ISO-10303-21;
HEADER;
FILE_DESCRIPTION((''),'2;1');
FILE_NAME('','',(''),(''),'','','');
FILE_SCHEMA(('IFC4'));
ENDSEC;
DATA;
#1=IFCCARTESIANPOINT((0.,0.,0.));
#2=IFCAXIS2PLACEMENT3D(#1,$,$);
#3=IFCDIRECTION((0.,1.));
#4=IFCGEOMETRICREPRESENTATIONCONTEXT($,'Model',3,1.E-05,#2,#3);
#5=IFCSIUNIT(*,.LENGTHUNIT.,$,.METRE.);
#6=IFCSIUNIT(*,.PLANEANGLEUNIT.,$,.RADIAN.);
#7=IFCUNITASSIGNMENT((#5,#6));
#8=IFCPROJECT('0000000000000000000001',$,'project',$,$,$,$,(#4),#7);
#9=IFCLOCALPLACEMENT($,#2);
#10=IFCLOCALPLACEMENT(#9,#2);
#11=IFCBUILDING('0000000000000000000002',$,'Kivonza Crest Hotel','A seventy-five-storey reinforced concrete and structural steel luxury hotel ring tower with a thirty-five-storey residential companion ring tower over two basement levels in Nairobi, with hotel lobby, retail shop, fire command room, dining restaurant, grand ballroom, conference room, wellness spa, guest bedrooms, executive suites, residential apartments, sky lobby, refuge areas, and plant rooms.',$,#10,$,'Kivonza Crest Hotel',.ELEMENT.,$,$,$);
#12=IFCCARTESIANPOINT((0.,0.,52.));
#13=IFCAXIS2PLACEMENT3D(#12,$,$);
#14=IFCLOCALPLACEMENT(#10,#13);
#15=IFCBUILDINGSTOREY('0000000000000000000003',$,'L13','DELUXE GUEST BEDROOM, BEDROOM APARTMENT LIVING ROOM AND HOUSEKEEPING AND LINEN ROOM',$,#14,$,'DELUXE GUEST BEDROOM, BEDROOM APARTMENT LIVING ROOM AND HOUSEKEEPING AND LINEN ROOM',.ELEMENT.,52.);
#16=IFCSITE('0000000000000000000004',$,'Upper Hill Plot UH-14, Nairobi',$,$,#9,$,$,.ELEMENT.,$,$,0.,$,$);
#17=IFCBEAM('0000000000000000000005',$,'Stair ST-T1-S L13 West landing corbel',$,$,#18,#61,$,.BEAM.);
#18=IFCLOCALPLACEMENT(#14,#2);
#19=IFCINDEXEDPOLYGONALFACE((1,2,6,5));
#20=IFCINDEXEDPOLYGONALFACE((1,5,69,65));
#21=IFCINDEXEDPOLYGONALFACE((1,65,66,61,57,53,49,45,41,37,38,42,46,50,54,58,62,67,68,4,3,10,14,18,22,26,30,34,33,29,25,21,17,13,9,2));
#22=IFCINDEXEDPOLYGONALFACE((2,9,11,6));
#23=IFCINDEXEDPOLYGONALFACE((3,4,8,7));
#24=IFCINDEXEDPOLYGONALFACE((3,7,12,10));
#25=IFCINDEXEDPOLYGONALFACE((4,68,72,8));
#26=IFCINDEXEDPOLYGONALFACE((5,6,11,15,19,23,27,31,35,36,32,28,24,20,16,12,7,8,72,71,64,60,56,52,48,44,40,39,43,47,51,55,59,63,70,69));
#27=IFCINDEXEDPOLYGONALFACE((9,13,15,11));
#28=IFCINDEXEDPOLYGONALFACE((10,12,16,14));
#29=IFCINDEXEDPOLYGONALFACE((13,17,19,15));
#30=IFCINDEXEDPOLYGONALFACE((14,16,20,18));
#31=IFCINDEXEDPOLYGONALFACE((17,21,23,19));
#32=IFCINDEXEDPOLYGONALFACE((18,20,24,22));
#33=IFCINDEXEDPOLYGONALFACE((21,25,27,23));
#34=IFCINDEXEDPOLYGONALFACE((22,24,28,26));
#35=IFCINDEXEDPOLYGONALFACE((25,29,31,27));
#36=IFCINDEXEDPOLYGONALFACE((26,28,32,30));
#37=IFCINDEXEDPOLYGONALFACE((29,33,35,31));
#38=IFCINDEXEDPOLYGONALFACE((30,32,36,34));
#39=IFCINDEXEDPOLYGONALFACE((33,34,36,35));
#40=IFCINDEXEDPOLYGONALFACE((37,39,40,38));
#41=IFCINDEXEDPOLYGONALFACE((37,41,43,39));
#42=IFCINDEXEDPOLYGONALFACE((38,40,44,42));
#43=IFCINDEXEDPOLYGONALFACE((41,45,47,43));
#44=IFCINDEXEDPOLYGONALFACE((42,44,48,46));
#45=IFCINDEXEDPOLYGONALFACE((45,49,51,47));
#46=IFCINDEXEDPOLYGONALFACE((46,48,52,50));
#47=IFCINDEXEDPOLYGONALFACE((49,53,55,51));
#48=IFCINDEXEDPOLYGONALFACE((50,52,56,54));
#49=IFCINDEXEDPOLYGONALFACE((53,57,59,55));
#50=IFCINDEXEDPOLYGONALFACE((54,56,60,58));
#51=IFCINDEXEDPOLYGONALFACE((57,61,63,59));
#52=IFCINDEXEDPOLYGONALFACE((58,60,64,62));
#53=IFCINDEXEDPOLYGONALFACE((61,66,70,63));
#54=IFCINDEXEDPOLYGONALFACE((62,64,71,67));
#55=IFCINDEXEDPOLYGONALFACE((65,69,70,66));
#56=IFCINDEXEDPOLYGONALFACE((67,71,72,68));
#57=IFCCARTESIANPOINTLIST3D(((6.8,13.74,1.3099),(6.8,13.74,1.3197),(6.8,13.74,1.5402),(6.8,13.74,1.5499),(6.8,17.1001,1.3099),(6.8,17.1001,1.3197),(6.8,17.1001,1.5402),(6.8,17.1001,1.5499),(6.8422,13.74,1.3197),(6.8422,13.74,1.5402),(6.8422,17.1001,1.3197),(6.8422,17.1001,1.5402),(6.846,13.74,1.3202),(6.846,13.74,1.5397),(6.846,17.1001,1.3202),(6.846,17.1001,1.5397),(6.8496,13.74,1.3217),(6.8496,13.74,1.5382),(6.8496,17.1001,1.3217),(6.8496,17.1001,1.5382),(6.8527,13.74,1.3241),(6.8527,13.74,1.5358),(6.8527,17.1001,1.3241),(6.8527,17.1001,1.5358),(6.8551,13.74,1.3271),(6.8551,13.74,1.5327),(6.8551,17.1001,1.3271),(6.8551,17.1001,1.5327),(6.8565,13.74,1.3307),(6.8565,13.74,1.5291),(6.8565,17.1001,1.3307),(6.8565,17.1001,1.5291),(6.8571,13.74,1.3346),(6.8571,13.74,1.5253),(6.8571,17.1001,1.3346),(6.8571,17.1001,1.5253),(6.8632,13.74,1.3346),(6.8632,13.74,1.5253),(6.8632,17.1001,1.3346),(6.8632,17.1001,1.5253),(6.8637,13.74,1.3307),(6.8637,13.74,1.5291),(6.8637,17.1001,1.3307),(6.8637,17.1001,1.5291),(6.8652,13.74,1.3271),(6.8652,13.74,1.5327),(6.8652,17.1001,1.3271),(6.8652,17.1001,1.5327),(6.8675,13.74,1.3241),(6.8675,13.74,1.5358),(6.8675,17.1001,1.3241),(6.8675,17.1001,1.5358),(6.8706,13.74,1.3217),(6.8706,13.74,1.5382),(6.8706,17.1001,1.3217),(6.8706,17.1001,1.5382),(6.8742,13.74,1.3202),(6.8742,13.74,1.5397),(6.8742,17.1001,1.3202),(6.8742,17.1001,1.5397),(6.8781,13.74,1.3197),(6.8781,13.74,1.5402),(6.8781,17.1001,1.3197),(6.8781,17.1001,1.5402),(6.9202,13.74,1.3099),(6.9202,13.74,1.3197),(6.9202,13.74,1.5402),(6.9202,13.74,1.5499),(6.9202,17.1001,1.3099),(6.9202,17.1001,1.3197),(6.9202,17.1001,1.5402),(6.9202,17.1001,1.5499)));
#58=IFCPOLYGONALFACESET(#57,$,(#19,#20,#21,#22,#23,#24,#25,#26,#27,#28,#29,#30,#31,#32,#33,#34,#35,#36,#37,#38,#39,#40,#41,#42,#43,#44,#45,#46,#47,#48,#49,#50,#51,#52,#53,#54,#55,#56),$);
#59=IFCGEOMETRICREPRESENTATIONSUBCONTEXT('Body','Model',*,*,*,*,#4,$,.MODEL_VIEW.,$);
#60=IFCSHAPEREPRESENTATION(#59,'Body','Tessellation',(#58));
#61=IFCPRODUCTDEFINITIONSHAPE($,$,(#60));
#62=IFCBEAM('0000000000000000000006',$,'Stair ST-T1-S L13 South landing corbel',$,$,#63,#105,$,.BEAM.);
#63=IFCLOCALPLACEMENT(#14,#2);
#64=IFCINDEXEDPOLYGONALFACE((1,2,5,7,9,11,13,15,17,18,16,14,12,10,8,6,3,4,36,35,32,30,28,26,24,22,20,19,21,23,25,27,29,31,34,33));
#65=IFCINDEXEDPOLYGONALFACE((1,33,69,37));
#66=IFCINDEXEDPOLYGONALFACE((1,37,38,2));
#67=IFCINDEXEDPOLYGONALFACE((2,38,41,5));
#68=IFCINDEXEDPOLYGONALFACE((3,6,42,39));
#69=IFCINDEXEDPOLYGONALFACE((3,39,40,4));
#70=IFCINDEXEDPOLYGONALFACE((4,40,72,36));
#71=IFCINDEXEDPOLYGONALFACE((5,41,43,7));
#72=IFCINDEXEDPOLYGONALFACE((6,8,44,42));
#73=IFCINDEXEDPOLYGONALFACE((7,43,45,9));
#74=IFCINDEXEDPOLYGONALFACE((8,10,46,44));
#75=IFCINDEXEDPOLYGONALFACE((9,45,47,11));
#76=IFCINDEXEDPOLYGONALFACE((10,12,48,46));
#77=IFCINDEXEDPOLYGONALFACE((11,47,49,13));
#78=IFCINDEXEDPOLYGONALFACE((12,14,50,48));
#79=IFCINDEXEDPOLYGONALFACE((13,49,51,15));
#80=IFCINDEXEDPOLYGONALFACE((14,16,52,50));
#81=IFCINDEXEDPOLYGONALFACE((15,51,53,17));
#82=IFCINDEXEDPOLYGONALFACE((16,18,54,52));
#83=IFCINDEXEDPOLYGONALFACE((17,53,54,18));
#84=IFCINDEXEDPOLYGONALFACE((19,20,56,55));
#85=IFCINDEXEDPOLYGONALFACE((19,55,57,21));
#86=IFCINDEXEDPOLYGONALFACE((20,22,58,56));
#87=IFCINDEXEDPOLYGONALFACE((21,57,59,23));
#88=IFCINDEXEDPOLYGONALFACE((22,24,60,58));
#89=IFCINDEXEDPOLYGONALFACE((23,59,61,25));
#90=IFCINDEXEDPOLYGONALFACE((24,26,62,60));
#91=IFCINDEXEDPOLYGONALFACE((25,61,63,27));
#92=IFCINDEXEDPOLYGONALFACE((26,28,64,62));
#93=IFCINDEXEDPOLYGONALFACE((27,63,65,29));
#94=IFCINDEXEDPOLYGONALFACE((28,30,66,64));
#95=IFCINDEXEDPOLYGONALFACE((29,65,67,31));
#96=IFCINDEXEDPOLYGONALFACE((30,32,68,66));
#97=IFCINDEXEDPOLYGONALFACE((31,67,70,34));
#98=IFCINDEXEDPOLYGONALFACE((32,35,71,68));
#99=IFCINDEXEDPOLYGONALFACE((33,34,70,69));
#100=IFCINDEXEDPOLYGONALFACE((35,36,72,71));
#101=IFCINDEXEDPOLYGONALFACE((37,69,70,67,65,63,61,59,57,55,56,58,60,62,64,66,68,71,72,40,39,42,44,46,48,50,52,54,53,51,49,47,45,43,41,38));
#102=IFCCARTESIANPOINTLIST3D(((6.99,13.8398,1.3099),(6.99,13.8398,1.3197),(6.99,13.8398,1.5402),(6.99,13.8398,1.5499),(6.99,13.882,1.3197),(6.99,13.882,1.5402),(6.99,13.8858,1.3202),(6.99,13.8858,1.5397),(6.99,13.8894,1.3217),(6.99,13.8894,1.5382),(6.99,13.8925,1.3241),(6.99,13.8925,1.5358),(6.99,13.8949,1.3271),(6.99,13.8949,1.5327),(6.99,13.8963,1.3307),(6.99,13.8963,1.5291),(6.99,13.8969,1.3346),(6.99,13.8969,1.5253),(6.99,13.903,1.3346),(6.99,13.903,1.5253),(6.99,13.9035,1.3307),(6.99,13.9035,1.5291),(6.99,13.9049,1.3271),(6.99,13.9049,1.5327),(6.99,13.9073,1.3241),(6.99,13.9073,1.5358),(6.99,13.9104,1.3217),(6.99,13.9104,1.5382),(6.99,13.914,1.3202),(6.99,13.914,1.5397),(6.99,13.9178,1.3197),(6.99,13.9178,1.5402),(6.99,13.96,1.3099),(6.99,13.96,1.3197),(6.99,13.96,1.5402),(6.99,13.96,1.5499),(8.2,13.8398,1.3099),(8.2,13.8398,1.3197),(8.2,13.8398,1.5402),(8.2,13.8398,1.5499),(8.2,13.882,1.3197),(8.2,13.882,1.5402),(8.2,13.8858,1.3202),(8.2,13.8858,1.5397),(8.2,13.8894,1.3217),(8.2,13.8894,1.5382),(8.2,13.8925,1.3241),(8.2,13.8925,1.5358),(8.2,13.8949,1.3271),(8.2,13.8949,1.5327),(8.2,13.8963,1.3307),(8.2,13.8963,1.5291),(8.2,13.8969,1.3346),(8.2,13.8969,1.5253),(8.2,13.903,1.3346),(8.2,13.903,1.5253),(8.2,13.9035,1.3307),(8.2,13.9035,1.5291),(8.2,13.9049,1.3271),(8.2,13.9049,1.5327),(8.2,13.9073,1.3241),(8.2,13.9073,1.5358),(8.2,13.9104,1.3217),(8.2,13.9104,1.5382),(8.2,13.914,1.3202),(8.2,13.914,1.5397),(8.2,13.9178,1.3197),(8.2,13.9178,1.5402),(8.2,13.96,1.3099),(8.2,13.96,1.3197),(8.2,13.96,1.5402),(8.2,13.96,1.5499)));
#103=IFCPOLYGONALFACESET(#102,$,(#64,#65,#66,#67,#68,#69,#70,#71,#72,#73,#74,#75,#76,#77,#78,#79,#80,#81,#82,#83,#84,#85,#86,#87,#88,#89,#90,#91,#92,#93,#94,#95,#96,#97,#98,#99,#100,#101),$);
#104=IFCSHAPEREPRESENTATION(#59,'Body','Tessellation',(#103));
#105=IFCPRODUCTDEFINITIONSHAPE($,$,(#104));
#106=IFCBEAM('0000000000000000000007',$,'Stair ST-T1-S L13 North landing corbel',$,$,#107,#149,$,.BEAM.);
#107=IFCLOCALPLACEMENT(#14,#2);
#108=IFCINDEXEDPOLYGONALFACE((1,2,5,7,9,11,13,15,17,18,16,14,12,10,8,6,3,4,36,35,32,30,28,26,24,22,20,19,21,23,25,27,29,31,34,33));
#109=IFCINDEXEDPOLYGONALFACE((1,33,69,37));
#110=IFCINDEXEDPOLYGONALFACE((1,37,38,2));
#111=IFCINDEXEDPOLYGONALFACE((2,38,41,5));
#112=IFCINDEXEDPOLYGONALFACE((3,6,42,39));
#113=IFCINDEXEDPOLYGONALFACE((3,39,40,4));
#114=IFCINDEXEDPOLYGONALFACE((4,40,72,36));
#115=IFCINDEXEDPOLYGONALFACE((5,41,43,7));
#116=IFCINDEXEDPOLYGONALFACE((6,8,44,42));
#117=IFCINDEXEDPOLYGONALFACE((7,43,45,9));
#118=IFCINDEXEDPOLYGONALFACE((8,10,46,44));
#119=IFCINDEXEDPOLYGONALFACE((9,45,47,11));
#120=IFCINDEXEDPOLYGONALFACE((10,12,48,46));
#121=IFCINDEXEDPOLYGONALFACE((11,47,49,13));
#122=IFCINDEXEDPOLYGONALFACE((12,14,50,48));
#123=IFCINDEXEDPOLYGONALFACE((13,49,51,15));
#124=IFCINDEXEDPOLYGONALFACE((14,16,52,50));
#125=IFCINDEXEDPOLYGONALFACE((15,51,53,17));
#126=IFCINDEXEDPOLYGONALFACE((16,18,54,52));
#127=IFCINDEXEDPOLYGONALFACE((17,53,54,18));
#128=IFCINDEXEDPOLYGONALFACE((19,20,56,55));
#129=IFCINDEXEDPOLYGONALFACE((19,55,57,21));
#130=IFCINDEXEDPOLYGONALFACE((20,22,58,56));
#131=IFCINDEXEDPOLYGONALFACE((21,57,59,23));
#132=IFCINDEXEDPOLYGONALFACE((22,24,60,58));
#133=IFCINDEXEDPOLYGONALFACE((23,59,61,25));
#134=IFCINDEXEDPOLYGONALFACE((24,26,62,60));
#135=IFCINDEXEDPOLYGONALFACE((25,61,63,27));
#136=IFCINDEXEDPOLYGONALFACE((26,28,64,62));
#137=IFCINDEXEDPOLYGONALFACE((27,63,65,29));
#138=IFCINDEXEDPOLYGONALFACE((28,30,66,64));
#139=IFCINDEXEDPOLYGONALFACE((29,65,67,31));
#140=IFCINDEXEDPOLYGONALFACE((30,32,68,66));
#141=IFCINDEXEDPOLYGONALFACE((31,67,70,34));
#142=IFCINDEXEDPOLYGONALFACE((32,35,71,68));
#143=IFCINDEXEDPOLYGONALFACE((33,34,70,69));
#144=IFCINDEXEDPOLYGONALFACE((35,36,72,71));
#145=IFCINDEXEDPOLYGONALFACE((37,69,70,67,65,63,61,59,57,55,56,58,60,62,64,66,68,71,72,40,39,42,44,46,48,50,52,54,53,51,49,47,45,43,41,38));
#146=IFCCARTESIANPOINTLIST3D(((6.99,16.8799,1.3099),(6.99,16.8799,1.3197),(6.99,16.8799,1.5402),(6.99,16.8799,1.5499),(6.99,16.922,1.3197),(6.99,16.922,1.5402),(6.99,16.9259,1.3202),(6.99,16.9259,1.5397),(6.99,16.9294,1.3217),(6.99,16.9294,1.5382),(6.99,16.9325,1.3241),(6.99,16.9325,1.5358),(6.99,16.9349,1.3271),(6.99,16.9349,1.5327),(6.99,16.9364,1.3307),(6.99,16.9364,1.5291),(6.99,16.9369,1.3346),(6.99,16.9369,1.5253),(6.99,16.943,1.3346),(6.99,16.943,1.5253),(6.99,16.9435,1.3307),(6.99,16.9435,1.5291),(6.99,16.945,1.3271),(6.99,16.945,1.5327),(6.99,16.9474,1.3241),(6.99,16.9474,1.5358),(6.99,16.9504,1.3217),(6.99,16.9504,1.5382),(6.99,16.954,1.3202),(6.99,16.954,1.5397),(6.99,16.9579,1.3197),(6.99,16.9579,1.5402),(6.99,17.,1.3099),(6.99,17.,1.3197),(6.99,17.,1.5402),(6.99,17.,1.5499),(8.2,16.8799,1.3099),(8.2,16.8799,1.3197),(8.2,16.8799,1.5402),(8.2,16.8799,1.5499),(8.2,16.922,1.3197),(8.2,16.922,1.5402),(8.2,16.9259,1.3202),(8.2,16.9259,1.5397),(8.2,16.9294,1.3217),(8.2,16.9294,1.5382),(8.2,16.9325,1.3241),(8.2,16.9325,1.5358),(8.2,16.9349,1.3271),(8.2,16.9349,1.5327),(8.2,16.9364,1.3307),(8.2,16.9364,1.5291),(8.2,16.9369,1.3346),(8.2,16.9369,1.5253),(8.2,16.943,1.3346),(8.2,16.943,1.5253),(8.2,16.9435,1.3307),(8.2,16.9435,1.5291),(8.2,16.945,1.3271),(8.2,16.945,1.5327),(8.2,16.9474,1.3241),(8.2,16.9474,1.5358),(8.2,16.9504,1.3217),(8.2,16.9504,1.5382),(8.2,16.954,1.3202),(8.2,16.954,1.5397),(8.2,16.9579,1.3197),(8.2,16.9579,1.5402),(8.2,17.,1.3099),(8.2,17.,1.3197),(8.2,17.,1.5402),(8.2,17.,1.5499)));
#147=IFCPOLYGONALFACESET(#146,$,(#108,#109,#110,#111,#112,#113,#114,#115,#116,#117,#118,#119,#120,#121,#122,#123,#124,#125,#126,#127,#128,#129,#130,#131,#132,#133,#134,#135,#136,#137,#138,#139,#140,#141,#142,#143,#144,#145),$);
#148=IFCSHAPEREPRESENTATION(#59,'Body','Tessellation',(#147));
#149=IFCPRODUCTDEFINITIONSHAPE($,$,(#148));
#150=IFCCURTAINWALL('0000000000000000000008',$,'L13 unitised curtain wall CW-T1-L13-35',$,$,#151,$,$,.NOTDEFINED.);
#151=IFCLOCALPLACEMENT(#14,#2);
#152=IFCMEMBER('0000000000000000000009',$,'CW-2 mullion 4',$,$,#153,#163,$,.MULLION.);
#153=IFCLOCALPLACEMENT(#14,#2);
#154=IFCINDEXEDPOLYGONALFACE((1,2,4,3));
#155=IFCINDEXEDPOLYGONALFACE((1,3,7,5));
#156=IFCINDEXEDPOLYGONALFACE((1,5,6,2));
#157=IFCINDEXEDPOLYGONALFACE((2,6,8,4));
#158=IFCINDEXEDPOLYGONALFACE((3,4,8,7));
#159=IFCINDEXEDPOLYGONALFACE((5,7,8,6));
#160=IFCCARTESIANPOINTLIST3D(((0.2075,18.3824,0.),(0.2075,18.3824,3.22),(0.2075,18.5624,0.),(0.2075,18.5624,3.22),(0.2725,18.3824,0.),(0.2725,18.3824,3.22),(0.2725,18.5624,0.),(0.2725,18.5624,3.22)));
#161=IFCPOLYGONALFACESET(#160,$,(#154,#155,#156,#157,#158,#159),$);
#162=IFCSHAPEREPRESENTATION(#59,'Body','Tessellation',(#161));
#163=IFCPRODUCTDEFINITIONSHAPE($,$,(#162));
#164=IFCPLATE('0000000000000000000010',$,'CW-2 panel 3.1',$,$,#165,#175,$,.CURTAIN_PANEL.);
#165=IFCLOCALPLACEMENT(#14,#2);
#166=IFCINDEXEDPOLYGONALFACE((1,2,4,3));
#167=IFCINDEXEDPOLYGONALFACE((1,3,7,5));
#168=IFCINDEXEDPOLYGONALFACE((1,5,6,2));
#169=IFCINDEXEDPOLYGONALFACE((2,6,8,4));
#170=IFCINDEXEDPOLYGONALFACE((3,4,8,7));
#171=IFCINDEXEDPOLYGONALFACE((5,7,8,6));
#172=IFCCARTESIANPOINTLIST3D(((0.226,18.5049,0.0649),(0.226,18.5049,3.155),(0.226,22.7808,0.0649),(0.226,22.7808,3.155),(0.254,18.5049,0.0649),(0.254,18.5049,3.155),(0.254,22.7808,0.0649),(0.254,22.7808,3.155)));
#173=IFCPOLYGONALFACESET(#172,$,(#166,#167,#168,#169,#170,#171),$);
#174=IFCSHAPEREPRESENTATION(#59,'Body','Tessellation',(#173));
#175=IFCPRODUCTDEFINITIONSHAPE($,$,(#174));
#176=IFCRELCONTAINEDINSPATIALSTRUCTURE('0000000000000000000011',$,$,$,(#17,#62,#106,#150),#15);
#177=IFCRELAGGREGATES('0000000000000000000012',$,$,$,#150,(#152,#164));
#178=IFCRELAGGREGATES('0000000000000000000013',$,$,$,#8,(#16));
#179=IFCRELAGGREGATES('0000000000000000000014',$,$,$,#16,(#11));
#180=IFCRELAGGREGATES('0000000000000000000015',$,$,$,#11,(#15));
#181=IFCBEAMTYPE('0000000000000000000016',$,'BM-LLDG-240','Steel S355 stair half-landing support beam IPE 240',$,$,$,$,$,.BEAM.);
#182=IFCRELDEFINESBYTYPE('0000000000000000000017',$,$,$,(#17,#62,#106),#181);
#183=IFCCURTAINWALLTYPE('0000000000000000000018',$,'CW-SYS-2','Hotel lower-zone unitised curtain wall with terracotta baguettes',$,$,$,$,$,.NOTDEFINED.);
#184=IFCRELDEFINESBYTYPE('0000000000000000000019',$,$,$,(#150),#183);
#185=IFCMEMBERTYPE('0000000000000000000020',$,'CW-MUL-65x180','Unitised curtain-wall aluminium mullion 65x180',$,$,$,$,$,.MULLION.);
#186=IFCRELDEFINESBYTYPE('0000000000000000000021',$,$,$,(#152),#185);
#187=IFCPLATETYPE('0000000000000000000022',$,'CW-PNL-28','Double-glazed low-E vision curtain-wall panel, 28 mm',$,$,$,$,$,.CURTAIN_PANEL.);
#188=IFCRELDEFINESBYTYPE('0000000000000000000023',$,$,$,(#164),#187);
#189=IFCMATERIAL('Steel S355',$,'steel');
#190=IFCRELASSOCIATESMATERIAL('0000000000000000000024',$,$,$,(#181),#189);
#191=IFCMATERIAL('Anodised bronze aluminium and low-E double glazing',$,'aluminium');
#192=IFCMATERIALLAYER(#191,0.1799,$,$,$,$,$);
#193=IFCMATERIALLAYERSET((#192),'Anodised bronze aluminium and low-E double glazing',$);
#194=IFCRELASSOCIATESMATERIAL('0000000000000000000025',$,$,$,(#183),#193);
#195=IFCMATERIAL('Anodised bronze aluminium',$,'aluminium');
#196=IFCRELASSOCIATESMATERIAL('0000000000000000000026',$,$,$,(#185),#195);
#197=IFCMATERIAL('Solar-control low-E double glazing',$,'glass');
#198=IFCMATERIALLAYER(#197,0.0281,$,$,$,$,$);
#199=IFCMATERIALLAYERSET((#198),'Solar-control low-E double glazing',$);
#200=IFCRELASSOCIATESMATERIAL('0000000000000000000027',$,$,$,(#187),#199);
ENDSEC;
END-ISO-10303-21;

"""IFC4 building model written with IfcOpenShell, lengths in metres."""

from ifc_helpers import new_model, si_unit, direction, frame, origin, origin_2d, place, context, subcontext, project, spatial, rectangle, i_section, extrude, material, layer, layer_set, material_profile, profile_set, type_object, element, aggregate, save


model = new_model("IFC4")

# Units and contexts
model_context = context("Model", 3, precision=1e-05, world=origin(), true_north=direction((0.0, 1.0)))
body_context = subcontext(model_context, "Body", "Model", "MODEL_VIEW")
ifc_project = project(units=[si_unit("LENGTHUNIT", "METRE"), si_unit("PLANEANGLEUNIT", "RADIAN")], contexts=[model_context])

# Site, building, storey
site_placement = place(None, origin())
site = spatial("IfcSite", under=ifc_project, at=site_placement, Name="Upper Hill Plot UH-14, Nairobi", CompositionType="ELEMENT", RefElevation=0.0)
building_placement = place(site_placement, origin())
building = spatial("IfcBuilding", under=site, at=building_placement, Name="Kivonza Crest Hotel", Description="A seventy-five-storey reinforced concrete and structural steel luxury hotel ring tower with a thirty-five-storey residential companion ring tower over two basement levels in Nairobi, with hotel lobby, retail shop, fire command room, dining restaurant, grand ballroom, conference room, wellness spa, guest bedrooms, executive suites, residential apartments, sky lobby, refuge areas, and plant rooms.", LongName="Kivonza Crest Hotel", CompositionType="ELEMENT")
storey_placement = place(building_placement, frame((0.0, 0.0, 52.0)))
storey = spatial("IfcBuildingStorey", under=building, at=storey_placement, Name="L13", Description="DELUXE GUEST BEDROOM, BEDROOM APARTMENT LIVING ROOM AND HOUSEKEEPING AND LINEN ROOM", LongName="DELUXE GUEST BEDROOM, BEDROOM APARTMENT LIVING ROOM AND HOUSEKEEPING AND LINEN ROOM", CompositionType="ELEMENT", Elevation=52.0)

# Beams
ifc_material_1 = material(Name="Steel S355", Category="steel")
ifc_material_profile_1 = material_profile(ifc_material_1, i_section(OverallWidth=0.1201, OverallDepth=0.24, WebThickness=0.0061, FlangeThickness=0.0098, FilletRadius=0.0149, at=origin_2d()), Name="IPE 240")
ifc_profile_set_1 = profile_set([ifc_material_profile_1], Name="Steel S355")
beam_type_1 = type_object("IfcBeamType", Name="BM-LLDG-240", Description="Steel S355 stair half-landing support beam IPE 240", PredefinedType="BEAM", material=ifc_profile_set_1)
beam_1_placement = place(storey_placement, frame((6.8601, 13.74, 1.4299), z_axis=(0.0, 1.0, 0.0), x_axis=(-1.0, 0.0, 0.0)))
element("IfcBeam", 1, at=beam_1_placement, inside=storey, type_object=beam_type_1, Name="Stair ST-T1-S L13 West landing corbel", PredefinedType="BEAM", context=body_context, shape_type="SweptSolid", body=[
    extrude(i_section(OverallWidth=0.1201, OverallDepth=0.24, WebThickness=0.0061, FlangeThickness=0.0098, FilletRadius=0.0149, at=origin_2d()), origin(), (0.0, 0.0, 1.0), 3.3601),
])
for number, where, z_axis, x_axis, name in (
    (2, (6.99, 13.8999, 1.4299), (1.0, 0.0, 0.0), (0.0, 1.0, 0.0), "Stair ST-T1-S L13 South landing corbel"),
    (3, (6.99, 16.9399, 1.4299), (1.0, 0.0, 0.0), (0.0, 1.0, 0.0), "Stair ST-T1-S L13 North landing corbel"),
):
    element("IfcBeam", number, at=place(storey_placement, frame(where, z_axis=z_axis, x_axis=x_axis)), inside=storey, type_object=beam_type_1, Name=name, PredefinedType="BEAM", context=body_context, shape_type="SweptSolid", body=[
        extrude(i_section(OverallWidth=0.1201, OverallDepth=0.24, WebThickness=0.0061, FlangeThickness=0.0098, FilletRadius=0.0149, at=origin_2d()), origin(), (0.0, 0.0, 1.0), 1.21),
    ])

# Curtain wall, member, plate
ifc_material_2 = material(Name="Anodised bronze aluminium and low-E double glazing", Category="aluminium")
ifc_layer_1 = layer(ifc_material_2, 0.1799)
ifc_layer_set_1 = layer_set([ifc_layer_1], Name="Anodised bronze aluminium and low-E double glazing")
curtain_wall_type = type_object("IfcCurtainWallType", Name="CW-SYS-2", Description="Hotel lower-zone unitised curtain wall with terracotta baguettes", PredefinedType="NOTDEFINED", material=ifc_layer_set_1)
curtain_wall_placement = place(storey_placement, origin())
curtain_wall = element("IfcCurtainWall", 4, at=curtain_wall_placement, inside=storey, type_object=curtain_wall_type, Name="L13 unitised curtain wall CW-T1-L13-35", PredefinedType="NOTDEFINED")
ifc_material_3 = material(Name="Anodised bronze aluminium", Category="aluminium")
ifc_material_profile_2 = material_profile(ifc_material_3, rectangle(XDim=0.0649, YDim=0.1799, at=origin_2d()), Name="CW-M 65x180")
ifc_profile_set_2 = profile_set([ifc_material_profile_2], Name="Anodised bronze aluminium")
member_type = type_object("IfcMemberType", Name="CW-MUL-65x180", Description="Unitised curtain-wall aluminium mullion 65x180", PredefinedType="MULLION", material=ifc_profile_set_2)
member_placement = place(storey_placement, frame((0.24, 18.4724, 0.0), z_axis=(0.0, 0.0, 1.0), x_axis=(1.0, 0.0, 0.0)))
member = element("IfcMember", 5, at=member_placement, type_object=member_type, Name="CW-2 mullion 4", PredefinedType="MULLION", context=body_context, shape_type="SweptSolid", body=[
    extrude(rectangle(XDim=0.0649, YDim=0.1799, at=origin_2d()), origin(), (0.0, 0.0, 1.0), 3.22),
])
ifc_material_4 = material(Name="Solar-control low-E double glazing", Category="glass")
ifc_layer_2 = layer(ifc_material_4, 0.0281)
ifc_layer_set_2 = layer_set([ifc_layer_2], Name="Solar-control low-E double glazing")
plate_type = type_object("IfcPlateType", Name="CW-PNL-28", Description="Double-glazed low-E vision curtain-wall panel, 28 mm", PredefinedType="CURTAIN_PANEL", material=ifc_layer_set_2)
plate_placement = place(storey_placement, frame((0.24, 20.6428, 0.0649), z_axis=(0.0, 0.0, 1.0), x_axis=(0.0, -1.0, 0.0)))
plate = element("IfcPlate", 6, at=plate_placement, type_object=plate_type, Name="CW-2 panel 3.1", PredefinedType="CURTAIN_PANEL", context=body_context, shape_type="SweptSolid", body=[
    extrude(rectangle(XDim=4.2759, YDim=0.0281, at=origin_2d()), origin(), (0.0, 0.0, 1.0), 3.0901),
])
aggregate(curtain_wall, [member, plate])

save(model, "model.ifc")
